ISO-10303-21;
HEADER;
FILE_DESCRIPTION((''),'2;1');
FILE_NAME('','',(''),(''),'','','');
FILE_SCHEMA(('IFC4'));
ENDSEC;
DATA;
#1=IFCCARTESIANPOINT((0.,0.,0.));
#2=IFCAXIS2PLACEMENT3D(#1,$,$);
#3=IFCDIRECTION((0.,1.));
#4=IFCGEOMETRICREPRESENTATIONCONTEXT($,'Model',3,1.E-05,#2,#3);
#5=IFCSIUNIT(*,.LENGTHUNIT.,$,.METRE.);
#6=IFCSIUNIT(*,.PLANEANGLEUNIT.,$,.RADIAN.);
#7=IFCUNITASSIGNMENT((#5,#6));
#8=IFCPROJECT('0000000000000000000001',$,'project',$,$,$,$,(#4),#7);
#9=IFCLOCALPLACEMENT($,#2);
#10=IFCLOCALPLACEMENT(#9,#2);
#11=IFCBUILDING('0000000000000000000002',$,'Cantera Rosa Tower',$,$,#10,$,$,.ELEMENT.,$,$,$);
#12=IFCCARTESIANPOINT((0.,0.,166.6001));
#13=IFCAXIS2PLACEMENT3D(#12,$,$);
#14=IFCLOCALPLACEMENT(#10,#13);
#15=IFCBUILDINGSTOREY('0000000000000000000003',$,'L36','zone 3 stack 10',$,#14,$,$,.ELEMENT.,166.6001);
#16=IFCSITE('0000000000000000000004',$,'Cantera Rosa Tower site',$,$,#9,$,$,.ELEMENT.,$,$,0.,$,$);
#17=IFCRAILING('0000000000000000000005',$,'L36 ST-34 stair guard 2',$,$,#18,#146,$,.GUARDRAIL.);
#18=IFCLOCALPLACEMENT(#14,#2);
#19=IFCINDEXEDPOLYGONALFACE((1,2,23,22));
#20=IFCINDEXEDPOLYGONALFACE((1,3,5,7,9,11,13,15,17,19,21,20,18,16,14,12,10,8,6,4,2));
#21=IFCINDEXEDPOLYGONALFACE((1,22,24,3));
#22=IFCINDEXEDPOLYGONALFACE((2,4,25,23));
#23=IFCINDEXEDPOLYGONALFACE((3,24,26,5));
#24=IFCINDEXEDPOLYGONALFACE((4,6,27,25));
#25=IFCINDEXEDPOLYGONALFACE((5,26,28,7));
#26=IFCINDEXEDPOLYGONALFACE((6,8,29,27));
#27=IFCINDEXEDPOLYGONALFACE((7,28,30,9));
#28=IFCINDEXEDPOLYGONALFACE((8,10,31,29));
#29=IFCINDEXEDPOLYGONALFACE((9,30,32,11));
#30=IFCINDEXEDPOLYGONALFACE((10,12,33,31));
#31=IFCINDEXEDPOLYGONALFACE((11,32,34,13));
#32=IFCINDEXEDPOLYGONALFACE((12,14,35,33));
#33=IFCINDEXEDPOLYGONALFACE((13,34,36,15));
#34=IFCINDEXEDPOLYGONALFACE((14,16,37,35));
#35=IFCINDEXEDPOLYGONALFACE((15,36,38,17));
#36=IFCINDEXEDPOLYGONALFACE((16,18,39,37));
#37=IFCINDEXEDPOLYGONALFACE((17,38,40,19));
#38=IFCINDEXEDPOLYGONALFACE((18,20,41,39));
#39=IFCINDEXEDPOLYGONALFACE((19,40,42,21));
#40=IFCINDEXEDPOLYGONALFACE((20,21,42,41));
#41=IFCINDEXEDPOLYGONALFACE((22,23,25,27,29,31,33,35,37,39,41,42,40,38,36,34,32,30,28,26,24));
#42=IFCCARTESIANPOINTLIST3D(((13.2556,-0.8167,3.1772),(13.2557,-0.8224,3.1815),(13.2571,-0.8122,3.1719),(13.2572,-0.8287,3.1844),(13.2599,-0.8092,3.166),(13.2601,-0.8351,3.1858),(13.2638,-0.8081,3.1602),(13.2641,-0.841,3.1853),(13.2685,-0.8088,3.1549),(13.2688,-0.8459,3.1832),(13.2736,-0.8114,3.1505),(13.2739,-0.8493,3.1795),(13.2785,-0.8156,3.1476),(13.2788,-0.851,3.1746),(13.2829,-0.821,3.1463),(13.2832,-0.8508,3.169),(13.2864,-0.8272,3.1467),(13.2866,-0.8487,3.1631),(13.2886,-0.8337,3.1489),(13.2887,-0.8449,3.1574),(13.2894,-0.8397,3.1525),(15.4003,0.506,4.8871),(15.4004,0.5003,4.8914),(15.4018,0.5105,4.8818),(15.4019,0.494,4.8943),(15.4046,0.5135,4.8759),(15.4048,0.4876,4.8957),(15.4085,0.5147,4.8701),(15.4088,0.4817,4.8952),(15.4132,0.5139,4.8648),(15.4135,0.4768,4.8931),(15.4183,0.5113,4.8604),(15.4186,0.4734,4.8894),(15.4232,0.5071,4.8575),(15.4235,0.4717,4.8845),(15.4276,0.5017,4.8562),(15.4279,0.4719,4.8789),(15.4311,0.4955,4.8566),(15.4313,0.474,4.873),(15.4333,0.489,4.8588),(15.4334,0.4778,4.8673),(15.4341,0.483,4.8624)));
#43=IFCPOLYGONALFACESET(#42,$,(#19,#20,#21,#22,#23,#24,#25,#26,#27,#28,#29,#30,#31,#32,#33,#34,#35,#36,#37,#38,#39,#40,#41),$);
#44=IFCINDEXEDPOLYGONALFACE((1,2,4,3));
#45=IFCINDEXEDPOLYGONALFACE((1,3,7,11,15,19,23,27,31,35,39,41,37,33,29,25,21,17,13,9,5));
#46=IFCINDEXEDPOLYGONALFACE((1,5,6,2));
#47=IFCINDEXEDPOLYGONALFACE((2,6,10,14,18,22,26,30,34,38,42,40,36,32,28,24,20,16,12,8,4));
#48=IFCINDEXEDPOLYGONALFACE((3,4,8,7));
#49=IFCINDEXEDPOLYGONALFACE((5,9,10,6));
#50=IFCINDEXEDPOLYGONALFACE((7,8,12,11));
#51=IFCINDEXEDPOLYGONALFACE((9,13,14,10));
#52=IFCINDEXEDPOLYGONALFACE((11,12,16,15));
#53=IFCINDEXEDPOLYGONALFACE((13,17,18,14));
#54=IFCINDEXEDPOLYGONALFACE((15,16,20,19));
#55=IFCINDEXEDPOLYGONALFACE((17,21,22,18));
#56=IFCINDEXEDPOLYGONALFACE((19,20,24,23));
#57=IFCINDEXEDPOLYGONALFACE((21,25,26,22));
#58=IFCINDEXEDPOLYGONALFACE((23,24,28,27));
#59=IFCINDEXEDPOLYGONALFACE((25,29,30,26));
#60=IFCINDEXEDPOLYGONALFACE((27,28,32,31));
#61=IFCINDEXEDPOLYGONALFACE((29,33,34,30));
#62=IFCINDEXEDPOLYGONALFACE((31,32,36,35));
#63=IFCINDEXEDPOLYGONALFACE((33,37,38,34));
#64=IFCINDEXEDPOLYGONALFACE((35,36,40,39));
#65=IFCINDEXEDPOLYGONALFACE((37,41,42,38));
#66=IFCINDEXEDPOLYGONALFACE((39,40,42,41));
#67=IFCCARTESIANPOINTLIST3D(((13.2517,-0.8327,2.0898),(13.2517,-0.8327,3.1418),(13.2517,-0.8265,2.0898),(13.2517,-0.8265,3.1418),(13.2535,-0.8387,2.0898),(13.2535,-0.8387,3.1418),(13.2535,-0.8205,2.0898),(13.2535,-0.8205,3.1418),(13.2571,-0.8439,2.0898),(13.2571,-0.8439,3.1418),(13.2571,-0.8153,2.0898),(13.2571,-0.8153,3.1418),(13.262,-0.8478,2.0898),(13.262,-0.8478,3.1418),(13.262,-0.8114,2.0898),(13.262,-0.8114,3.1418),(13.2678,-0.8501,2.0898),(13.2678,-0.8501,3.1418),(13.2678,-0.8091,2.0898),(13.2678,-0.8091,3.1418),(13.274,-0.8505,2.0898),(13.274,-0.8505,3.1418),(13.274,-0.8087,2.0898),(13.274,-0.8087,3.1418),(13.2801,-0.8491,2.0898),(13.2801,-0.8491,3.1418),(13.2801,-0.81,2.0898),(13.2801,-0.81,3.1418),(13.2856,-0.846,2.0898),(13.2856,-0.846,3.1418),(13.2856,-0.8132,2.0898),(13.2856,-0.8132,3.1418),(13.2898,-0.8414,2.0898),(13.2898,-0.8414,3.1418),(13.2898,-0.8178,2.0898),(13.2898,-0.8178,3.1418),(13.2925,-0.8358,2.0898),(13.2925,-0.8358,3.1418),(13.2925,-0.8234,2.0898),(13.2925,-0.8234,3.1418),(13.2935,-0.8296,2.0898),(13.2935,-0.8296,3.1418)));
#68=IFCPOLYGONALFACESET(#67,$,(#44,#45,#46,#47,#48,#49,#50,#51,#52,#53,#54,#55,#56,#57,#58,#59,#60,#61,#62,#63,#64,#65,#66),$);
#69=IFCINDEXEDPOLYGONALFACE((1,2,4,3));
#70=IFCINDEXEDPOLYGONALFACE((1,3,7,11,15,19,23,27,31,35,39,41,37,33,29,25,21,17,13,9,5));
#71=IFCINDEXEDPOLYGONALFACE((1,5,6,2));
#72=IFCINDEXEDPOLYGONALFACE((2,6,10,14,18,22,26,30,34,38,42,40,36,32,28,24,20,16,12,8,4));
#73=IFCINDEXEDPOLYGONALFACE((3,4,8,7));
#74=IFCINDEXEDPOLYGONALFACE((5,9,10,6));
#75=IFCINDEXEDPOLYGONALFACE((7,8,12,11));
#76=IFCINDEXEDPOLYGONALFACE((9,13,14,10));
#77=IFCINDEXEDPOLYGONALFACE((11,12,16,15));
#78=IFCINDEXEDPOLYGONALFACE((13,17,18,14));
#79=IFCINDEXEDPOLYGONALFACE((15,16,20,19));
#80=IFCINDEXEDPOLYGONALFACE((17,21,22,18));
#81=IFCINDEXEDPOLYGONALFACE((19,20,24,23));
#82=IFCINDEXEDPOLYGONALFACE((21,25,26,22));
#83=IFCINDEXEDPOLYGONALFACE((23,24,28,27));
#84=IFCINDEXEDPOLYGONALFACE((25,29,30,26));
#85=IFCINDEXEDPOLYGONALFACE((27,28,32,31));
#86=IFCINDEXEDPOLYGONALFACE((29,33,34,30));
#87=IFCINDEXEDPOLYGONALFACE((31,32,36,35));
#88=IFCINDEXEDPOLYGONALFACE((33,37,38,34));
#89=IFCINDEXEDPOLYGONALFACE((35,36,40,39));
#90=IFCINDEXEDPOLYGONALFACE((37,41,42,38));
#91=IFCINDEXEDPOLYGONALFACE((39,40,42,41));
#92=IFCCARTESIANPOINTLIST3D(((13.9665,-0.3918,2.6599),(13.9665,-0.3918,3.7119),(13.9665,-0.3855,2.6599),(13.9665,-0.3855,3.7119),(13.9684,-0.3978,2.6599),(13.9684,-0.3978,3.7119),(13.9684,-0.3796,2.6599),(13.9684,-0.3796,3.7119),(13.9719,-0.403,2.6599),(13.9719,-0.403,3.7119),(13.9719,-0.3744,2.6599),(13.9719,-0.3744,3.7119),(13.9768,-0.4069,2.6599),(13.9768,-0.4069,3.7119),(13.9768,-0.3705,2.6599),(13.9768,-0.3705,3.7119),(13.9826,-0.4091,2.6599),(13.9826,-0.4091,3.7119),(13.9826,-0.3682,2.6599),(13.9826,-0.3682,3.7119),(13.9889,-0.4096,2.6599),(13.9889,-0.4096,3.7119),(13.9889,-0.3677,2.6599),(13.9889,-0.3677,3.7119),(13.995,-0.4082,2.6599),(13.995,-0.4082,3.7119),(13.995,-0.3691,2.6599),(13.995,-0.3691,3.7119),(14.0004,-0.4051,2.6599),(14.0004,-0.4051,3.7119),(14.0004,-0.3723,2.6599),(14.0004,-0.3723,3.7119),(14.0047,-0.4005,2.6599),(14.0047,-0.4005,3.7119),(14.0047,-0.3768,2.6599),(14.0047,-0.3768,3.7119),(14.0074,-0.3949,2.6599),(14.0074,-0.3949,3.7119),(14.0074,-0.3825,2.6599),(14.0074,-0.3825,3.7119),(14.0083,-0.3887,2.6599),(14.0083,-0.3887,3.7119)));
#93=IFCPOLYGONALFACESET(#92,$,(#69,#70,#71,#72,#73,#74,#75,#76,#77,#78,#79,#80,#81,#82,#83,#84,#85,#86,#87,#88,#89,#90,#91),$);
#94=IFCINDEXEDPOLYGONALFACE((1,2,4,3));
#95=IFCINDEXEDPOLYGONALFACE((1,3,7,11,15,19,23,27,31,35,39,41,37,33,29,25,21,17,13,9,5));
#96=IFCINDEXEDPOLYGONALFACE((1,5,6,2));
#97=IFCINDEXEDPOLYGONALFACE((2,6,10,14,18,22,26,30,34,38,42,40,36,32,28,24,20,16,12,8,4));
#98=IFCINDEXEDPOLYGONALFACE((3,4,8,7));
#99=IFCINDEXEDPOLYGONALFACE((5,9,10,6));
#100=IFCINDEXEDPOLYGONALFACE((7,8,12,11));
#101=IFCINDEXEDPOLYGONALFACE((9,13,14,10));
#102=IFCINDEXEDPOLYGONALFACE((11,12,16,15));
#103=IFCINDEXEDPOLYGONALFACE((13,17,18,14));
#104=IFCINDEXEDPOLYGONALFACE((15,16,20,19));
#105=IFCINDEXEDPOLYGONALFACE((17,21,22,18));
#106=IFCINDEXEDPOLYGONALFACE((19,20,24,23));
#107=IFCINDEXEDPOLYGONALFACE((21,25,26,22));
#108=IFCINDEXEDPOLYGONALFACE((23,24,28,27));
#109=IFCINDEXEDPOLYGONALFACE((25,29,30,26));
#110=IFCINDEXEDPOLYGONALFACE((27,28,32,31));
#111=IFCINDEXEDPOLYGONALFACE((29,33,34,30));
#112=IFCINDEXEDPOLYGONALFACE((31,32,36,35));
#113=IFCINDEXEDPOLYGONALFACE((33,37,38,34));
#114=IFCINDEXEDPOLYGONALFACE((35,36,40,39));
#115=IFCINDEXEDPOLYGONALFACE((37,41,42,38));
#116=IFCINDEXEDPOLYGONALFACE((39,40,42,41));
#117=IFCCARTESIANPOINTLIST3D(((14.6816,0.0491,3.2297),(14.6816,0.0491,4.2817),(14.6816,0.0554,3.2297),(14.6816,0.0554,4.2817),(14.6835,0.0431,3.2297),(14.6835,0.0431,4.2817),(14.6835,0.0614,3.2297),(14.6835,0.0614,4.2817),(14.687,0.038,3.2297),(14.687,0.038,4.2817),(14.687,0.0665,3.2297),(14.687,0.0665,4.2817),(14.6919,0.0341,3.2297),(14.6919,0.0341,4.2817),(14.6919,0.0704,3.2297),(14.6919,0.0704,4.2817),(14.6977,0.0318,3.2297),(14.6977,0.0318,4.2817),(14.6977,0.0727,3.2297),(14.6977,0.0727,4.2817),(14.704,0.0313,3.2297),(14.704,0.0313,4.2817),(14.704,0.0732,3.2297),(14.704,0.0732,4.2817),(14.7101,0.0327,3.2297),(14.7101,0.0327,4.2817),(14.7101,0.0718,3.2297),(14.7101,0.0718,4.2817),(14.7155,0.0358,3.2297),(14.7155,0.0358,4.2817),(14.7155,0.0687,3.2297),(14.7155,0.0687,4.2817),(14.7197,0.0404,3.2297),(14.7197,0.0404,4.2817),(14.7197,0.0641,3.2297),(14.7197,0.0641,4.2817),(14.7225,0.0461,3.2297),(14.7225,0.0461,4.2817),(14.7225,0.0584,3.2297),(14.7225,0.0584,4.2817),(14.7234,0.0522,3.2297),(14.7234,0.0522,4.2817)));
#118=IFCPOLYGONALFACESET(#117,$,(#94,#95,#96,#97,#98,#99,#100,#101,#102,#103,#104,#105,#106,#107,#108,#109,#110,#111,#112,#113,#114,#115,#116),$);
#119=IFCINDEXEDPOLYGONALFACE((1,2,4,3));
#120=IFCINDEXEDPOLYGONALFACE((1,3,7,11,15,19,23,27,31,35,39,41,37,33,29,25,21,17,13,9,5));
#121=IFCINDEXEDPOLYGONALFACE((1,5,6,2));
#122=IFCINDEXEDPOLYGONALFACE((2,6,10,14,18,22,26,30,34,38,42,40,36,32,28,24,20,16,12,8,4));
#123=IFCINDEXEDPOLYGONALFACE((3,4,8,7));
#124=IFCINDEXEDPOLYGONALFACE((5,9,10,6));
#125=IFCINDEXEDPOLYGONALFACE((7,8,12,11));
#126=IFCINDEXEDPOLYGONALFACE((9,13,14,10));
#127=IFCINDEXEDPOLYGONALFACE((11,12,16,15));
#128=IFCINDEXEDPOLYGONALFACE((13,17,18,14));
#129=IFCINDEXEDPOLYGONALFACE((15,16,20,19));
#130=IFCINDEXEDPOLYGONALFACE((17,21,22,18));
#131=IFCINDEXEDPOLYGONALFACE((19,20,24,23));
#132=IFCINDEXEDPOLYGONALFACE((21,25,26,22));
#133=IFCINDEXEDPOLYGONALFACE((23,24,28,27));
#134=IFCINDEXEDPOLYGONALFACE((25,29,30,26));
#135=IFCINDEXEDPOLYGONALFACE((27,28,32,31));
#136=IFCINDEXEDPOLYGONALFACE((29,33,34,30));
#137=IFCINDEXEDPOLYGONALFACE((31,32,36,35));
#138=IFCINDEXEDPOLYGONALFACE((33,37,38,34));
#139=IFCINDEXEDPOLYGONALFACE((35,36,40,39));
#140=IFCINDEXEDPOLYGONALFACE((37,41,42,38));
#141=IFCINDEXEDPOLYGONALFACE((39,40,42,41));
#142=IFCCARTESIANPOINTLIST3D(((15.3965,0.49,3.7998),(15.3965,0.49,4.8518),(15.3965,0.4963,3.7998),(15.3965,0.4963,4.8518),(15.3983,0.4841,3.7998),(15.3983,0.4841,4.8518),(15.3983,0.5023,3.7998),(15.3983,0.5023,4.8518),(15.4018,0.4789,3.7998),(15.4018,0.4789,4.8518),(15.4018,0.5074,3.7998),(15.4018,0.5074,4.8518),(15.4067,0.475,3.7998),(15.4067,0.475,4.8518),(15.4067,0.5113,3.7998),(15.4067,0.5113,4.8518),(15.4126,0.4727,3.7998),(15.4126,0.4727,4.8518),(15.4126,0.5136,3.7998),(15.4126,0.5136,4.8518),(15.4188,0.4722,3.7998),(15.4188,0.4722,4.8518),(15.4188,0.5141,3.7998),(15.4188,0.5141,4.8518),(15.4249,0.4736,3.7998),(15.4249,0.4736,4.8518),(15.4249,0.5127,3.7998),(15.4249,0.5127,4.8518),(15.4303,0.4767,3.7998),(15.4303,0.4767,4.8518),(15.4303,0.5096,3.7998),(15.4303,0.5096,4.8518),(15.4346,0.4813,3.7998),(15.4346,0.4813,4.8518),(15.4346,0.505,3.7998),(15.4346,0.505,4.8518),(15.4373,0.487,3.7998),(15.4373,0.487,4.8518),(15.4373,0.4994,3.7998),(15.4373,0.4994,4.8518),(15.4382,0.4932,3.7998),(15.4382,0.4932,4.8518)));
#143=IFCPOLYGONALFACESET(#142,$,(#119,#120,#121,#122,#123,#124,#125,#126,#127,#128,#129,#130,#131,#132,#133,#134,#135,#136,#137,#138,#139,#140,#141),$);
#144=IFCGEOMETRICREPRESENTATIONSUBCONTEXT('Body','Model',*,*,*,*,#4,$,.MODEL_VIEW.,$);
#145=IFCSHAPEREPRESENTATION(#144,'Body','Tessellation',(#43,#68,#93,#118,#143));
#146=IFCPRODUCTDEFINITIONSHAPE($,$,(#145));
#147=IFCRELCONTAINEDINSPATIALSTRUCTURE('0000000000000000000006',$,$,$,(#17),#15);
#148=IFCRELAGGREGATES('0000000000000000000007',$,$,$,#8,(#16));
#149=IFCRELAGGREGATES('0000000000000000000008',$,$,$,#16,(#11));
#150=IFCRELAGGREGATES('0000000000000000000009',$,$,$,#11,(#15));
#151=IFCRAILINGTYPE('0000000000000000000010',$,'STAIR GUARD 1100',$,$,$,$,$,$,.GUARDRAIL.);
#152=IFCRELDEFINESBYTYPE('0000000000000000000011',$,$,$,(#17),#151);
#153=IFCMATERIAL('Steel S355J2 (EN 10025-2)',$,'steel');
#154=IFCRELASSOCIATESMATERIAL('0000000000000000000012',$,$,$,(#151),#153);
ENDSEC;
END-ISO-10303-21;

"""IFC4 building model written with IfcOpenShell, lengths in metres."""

from ifc_helpers import new_model, si_unit, direction, frame, origin, origin_2d, place, context, subcontext, project, spatial, circle, extrude, material, type_object, element, save


model = new_model("IFC4")

# Units and contexts
model_context = context("Model", 3, precision=1e-05, world=origin(), true_north=direction((0.0, 1.0)))
body_context = subcontext(model_context, "Body", "Model", "MODEL_VIEW")
ifc_project = project(units=[si_unit("LENGTHUNIT", "METRE"), si_unit("PLANEANGLEUNIT", "RADIAN")], contexts=[model_context])

# Site, building, storey
site_placement = place(None, origin())
site = spatial("IfcSite", under=ifc_project, at=site_placement, Name="Cantera Rosa Tower site", CompositionType="ELEMENT", RefElevation=0.0)
building_placement = place(site_placement, origin())
building = spatial("IfcBuilding", under=site, at=building_placement, Name="Cantera Rosa Tower", CompositionType="ELEMENT")
storey_placement = place(building_placement, frame((0.0, 0.0, 166.6001)))
storey = spatial("IfcBuildingStorey", under=building, at=storey_placement, Name="L36", Description="zone 3 stack 10", CompositionType="ELEMENT", Elevation=166.6001)

# Railing
ifc_material_1 = material(Name="Steel S355J2 (EN 10025-2)", Category="steel")
railing_type_1 = type_object("IfcRailingType", Name="STAIR GUARD 1100", PredefinedType="GUARDRAIL", material=ifc_material_1)
railing_1_placement = place(storey_placement, frame((13.2725, -0.8296, 2.0898)))
element("IfcRailing", 1, at=railing_1_placement, inside=storey, type_object=railing_type_1, Name="L36 ST-34 stair guard 2", PredefinedType="GUARDRAIL", context=body_context, shape_type="SweptSolid", body=[
    extrude(circle(Radius=0.0239, at=origin_2d()), frame((0.0, 0.0, 1.0762), z_axis=(0.704296, 0.434363, 0.561513), x_axis=(-0.52493, 0.851146, 0.0)), (0.0, 0.0, 1.0), 3.0452),
    extrude(circle(Radius=0.021, at=origin_2d()), origin(), (0.0, 0.0, 1.0), 1.052),
    extrude(circle(Radius=0.021, at=origin_2d()), frame((0.7148, 0.4409, 0.5701)), (0.0, 0.0, 1.0), 1.052),
    extrude(circle(Radius=0.021, at=origin_2d()), frame((1.4299, 0.8818, 1.1399)), (0.0, 0.0, 1.0), 1.052),
    extrude(circle(Radius=0.021, at=origin_2d()), frame((2.1448, 1.3228, 1.71)), (0.0, 0.0, 1.0), 1.052),
])

save(model, "model.ifc")
